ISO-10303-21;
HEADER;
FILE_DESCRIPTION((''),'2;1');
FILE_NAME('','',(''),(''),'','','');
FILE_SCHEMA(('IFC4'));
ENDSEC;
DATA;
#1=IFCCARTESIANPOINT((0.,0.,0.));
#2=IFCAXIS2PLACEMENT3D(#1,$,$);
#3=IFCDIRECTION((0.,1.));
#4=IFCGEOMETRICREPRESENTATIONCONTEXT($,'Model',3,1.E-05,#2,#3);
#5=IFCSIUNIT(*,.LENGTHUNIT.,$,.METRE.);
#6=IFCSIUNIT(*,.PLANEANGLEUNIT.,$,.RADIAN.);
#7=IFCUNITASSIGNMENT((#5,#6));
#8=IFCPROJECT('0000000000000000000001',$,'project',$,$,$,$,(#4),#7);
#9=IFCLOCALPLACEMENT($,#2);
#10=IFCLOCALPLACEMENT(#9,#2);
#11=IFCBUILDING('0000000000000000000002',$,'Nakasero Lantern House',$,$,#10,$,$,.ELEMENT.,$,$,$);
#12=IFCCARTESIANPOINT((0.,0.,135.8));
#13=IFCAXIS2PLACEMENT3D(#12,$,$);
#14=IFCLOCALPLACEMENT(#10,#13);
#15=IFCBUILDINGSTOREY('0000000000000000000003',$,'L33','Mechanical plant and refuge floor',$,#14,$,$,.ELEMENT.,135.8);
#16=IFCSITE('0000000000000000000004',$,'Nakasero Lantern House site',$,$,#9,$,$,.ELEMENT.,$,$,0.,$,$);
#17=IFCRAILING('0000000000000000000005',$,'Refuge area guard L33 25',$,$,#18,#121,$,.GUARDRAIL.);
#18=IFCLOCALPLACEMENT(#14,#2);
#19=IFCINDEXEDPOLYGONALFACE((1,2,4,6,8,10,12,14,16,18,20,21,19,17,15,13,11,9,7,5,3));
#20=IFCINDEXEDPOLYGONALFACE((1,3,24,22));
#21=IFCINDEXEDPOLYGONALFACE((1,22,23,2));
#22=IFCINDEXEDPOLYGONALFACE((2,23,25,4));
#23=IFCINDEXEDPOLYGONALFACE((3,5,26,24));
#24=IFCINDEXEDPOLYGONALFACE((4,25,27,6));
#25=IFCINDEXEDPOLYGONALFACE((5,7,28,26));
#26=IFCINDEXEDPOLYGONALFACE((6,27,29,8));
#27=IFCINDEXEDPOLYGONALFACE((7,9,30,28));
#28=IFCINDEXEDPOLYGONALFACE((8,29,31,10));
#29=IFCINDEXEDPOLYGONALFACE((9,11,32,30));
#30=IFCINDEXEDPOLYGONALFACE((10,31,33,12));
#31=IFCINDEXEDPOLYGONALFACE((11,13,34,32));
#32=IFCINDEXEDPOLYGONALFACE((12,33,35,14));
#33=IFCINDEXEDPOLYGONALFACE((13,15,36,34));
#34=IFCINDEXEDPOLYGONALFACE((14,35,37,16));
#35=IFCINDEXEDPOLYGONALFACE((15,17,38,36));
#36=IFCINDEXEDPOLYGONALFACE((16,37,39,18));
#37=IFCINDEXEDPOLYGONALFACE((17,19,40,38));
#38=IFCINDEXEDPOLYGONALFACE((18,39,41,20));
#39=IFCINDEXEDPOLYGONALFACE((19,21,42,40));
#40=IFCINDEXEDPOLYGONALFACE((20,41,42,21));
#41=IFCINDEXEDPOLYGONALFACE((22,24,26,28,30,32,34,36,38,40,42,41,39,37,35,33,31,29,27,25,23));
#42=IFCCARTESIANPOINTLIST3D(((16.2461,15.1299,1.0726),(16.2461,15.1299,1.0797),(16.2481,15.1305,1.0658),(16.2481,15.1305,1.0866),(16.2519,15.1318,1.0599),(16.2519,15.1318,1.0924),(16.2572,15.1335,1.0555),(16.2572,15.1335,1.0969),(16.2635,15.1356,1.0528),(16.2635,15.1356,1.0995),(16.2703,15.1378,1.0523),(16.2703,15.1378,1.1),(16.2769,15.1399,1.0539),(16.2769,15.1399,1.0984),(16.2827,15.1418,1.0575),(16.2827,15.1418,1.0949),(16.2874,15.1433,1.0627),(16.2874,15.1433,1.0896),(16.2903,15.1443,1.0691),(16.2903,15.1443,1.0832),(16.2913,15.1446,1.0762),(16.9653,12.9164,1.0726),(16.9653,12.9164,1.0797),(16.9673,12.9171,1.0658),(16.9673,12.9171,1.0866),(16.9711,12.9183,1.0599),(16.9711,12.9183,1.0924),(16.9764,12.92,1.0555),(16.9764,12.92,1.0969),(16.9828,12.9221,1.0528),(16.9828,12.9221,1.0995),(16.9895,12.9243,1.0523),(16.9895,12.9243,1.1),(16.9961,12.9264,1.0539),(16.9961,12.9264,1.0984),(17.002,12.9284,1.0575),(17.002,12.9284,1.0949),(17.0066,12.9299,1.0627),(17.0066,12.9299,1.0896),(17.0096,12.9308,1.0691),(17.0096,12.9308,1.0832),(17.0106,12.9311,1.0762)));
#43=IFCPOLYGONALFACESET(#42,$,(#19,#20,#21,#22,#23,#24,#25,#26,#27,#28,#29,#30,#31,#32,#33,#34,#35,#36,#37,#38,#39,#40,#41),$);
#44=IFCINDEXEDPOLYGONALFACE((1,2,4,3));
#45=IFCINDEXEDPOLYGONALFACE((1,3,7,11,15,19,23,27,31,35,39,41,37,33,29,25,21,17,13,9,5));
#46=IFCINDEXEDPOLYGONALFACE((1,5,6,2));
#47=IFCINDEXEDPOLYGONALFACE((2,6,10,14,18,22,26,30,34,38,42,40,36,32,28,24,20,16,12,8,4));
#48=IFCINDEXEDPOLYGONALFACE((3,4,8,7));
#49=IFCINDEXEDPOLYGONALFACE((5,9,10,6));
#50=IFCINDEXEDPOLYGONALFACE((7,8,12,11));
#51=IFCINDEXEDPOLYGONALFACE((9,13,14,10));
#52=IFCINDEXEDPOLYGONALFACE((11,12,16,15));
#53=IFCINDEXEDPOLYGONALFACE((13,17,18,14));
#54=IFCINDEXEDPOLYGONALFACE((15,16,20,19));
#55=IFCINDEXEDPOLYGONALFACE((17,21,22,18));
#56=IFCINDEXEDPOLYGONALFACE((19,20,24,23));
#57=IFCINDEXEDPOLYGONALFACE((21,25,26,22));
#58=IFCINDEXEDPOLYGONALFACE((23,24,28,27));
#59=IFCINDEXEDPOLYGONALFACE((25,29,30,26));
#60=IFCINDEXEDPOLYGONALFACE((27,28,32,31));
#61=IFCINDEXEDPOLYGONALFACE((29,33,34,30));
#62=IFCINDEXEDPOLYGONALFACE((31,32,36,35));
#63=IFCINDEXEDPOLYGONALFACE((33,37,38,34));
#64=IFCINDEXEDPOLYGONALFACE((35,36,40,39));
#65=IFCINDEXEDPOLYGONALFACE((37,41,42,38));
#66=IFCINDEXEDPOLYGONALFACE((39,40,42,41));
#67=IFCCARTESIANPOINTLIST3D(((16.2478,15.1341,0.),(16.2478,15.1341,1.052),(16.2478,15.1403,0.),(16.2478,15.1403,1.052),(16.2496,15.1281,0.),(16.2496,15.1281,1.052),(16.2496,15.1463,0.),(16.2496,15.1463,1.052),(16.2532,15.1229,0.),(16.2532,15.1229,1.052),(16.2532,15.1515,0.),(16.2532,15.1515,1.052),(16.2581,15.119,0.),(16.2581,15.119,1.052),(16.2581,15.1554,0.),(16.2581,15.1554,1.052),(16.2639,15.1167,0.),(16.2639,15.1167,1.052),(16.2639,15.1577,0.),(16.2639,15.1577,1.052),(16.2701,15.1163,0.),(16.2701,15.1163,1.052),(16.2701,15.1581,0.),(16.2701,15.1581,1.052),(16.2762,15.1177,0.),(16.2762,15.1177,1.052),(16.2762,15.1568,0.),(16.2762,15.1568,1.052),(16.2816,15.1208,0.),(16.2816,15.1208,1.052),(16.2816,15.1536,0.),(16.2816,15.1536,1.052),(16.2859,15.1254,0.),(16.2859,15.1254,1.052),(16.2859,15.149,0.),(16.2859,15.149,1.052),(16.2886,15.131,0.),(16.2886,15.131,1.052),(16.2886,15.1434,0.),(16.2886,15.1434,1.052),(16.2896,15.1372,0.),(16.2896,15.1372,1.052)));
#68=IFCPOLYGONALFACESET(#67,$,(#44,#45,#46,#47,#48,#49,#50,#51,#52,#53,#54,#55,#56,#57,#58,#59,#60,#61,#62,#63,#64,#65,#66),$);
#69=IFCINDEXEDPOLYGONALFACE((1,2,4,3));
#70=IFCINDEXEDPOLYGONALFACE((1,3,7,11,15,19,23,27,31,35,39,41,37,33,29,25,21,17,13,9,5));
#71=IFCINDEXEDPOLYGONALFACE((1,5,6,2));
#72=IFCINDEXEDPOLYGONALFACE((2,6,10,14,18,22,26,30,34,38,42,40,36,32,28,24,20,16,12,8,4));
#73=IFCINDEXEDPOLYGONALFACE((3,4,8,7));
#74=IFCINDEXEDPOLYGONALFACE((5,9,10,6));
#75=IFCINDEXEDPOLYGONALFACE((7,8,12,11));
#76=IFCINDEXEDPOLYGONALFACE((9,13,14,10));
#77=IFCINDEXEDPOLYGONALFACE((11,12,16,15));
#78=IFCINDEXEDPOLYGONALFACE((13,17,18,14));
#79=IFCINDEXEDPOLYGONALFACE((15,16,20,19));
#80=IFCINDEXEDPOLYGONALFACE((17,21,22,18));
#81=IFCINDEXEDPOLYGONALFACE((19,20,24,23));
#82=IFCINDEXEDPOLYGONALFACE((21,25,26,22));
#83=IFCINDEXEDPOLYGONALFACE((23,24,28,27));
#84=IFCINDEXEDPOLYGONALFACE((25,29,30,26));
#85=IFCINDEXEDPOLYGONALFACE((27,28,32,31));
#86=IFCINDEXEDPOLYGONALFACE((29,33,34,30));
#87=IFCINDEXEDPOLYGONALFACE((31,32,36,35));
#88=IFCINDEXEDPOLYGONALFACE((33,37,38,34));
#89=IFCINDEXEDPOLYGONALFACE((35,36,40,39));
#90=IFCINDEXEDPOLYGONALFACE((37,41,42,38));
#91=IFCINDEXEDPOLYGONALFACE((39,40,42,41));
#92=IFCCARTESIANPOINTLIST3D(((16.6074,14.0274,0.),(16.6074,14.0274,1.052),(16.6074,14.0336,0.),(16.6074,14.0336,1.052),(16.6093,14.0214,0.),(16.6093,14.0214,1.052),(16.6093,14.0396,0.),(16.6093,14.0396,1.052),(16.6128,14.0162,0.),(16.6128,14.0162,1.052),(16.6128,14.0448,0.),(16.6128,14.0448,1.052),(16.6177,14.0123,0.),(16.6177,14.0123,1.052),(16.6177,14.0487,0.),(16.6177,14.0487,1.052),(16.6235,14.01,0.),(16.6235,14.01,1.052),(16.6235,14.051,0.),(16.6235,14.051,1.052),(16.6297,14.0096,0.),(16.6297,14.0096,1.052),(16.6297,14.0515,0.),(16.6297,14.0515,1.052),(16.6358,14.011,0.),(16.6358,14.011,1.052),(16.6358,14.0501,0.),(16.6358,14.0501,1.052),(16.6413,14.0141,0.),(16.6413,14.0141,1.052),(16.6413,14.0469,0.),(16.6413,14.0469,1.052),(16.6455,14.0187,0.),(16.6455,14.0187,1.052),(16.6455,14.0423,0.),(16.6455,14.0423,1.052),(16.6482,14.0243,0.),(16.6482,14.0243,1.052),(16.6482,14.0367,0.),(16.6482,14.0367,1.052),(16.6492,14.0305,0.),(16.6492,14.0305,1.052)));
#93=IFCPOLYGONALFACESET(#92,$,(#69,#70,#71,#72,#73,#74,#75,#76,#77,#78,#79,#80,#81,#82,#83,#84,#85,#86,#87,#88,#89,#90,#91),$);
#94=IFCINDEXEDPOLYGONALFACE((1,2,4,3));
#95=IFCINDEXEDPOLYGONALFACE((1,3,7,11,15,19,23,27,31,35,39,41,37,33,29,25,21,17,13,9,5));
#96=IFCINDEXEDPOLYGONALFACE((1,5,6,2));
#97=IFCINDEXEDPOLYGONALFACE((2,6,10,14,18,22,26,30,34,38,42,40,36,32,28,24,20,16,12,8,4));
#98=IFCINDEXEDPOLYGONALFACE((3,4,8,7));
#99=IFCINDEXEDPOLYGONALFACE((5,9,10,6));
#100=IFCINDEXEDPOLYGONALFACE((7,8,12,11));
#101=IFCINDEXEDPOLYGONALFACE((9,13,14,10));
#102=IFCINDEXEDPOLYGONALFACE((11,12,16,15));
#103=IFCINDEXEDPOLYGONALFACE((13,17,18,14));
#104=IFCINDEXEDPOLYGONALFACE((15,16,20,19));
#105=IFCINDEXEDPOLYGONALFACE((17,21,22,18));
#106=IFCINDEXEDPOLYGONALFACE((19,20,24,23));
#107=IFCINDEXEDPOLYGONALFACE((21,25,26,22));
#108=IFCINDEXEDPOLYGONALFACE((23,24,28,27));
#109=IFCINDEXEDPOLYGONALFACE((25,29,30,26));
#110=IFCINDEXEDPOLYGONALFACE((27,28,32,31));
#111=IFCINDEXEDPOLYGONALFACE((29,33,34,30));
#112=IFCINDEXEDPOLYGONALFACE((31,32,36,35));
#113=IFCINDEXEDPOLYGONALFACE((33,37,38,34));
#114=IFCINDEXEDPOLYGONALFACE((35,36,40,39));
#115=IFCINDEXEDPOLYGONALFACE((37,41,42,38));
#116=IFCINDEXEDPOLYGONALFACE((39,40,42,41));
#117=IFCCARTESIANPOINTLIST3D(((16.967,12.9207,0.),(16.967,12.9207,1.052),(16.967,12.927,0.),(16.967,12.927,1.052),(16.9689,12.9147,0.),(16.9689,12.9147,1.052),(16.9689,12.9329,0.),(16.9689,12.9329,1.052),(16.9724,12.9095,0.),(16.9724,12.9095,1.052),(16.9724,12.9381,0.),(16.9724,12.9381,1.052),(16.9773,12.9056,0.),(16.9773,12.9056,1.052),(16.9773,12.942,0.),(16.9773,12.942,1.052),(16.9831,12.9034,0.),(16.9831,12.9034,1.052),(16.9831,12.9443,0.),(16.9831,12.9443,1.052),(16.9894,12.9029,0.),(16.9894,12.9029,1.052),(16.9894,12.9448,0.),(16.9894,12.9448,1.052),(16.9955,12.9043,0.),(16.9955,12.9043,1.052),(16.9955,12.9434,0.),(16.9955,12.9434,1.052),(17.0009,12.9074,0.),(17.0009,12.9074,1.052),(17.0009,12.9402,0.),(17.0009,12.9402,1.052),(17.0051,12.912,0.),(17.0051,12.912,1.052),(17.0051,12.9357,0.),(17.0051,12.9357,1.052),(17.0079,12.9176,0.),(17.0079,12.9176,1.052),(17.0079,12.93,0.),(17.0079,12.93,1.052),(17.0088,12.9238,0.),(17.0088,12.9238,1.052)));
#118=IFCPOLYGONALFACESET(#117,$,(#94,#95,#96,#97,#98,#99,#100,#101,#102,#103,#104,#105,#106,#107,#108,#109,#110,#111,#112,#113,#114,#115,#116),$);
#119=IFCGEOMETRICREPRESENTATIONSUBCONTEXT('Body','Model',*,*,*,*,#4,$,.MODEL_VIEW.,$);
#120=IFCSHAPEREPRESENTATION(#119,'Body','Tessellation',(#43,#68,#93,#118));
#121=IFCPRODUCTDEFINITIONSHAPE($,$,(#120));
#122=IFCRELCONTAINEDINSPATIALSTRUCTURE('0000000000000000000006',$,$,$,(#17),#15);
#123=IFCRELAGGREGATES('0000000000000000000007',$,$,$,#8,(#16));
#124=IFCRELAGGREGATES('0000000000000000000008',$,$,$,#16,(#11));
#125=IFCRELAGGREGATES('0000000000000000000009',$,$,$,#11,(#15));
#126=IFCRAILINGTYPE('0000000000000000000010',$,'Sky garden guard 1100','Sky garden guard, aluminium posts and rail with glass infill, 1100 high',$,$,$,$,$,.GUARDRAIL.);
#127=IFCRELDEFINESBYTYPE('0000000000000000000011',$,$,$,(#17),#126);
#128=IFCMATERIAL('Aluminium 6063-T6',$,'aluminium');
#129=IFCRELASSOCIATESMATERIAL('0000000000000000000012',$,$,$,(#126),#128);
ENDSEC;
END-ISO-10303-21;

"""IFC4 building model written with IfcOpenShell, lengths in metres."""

from ifc_helpers import new_model, si_unit, direction, frame, origin, origin_2d, place, context, subcontext, project, spatial, circle, extrude, material, type_object, element, save


model = new_model("IFC4")

# Units and contexts
model_context = context("Model", 3, precision=1e-05, world=origin(), true_north=direction((0.0, 1.0)))
body_context = subcontext(model_context, "Body", "Model", "MODEL_VIEW")
ifc_project = project(units=[si_unit("LENGTHUNIT", "METRE"), si_unit("PLANEANGLEUNIT", "RADIAN")], contexts=[model_context])

# Site, building, storey
site_placement = place(None, origin())
site = spatial("IfcSite", under=ifc_project, at=site_placement, Name="Nakasero Lantern House site", CompositionType="ELEMENT", RefElevation=0.0)
building_placement = place(site_placement, origin())
building = spatial("IfcBuilding", under=site, at=building_placement, Name="Nakasero Lantern House", CompositionType="ELEMENT")
storey_placement = place(building_placement, frame((0.0, 0.0, 135.8)))
storey = spatial("IfcBuildingStorey", under=building, at=storey_placement, Name="L33", Description="Mechanical plant and refuge floor", CompositionType="ELEMENT", Elevation=135.8)

# Railing
ifc_material_1 = material(Name="Aluminium 6063-T6", Category="aluminium")
railing_type = type_object("IfcRailingType", Name="Sky garden guard 1100", Description="Sky garden guard, aluminium posts and rail with glass infill, 1100 high", PredefinedType="GUARDRAIL", material=ifc_material_1)
railing_1_placement = place(storey_placement, frame((16.2686, 15.1372, 0.0)))
element("IfcRailing", 1, at=railing_1_placement, inside=storey, type_object=railing_type, Name="Refuge area guard L33 25", PredefinedType="GUARDRAIL", context=body_context, shape_type="SweptSolid", body=[
    extrude(circle(Radius=0.0239, at=origin_2d()), frame((0.0, 0.0, 1.0762), z_axis=(0.309043, -0.951048, 0.0), x_axis=(0.951048, 0.309043, 0.0)), (0.0, 0.0, 1.0), 2.3274),
    extrude(circle(Radius=0.021, at=origin_2d()), origin(), (0.0, 0.0, 1.0), 1.052),
    extrude(circle(Radius=0.021, at=origin_2d()), frame((0.3596, -1.1067, 0.0)), (0.0, 0.0, 1.0), 1.052),
    extrude(circle(Radius=0.021, at=origin_2d()), frame((0.7192, -2.2134, 0.0)), (0.0, 0.0, 1.0), 1.052),
])

save(model, "model.ifc")
